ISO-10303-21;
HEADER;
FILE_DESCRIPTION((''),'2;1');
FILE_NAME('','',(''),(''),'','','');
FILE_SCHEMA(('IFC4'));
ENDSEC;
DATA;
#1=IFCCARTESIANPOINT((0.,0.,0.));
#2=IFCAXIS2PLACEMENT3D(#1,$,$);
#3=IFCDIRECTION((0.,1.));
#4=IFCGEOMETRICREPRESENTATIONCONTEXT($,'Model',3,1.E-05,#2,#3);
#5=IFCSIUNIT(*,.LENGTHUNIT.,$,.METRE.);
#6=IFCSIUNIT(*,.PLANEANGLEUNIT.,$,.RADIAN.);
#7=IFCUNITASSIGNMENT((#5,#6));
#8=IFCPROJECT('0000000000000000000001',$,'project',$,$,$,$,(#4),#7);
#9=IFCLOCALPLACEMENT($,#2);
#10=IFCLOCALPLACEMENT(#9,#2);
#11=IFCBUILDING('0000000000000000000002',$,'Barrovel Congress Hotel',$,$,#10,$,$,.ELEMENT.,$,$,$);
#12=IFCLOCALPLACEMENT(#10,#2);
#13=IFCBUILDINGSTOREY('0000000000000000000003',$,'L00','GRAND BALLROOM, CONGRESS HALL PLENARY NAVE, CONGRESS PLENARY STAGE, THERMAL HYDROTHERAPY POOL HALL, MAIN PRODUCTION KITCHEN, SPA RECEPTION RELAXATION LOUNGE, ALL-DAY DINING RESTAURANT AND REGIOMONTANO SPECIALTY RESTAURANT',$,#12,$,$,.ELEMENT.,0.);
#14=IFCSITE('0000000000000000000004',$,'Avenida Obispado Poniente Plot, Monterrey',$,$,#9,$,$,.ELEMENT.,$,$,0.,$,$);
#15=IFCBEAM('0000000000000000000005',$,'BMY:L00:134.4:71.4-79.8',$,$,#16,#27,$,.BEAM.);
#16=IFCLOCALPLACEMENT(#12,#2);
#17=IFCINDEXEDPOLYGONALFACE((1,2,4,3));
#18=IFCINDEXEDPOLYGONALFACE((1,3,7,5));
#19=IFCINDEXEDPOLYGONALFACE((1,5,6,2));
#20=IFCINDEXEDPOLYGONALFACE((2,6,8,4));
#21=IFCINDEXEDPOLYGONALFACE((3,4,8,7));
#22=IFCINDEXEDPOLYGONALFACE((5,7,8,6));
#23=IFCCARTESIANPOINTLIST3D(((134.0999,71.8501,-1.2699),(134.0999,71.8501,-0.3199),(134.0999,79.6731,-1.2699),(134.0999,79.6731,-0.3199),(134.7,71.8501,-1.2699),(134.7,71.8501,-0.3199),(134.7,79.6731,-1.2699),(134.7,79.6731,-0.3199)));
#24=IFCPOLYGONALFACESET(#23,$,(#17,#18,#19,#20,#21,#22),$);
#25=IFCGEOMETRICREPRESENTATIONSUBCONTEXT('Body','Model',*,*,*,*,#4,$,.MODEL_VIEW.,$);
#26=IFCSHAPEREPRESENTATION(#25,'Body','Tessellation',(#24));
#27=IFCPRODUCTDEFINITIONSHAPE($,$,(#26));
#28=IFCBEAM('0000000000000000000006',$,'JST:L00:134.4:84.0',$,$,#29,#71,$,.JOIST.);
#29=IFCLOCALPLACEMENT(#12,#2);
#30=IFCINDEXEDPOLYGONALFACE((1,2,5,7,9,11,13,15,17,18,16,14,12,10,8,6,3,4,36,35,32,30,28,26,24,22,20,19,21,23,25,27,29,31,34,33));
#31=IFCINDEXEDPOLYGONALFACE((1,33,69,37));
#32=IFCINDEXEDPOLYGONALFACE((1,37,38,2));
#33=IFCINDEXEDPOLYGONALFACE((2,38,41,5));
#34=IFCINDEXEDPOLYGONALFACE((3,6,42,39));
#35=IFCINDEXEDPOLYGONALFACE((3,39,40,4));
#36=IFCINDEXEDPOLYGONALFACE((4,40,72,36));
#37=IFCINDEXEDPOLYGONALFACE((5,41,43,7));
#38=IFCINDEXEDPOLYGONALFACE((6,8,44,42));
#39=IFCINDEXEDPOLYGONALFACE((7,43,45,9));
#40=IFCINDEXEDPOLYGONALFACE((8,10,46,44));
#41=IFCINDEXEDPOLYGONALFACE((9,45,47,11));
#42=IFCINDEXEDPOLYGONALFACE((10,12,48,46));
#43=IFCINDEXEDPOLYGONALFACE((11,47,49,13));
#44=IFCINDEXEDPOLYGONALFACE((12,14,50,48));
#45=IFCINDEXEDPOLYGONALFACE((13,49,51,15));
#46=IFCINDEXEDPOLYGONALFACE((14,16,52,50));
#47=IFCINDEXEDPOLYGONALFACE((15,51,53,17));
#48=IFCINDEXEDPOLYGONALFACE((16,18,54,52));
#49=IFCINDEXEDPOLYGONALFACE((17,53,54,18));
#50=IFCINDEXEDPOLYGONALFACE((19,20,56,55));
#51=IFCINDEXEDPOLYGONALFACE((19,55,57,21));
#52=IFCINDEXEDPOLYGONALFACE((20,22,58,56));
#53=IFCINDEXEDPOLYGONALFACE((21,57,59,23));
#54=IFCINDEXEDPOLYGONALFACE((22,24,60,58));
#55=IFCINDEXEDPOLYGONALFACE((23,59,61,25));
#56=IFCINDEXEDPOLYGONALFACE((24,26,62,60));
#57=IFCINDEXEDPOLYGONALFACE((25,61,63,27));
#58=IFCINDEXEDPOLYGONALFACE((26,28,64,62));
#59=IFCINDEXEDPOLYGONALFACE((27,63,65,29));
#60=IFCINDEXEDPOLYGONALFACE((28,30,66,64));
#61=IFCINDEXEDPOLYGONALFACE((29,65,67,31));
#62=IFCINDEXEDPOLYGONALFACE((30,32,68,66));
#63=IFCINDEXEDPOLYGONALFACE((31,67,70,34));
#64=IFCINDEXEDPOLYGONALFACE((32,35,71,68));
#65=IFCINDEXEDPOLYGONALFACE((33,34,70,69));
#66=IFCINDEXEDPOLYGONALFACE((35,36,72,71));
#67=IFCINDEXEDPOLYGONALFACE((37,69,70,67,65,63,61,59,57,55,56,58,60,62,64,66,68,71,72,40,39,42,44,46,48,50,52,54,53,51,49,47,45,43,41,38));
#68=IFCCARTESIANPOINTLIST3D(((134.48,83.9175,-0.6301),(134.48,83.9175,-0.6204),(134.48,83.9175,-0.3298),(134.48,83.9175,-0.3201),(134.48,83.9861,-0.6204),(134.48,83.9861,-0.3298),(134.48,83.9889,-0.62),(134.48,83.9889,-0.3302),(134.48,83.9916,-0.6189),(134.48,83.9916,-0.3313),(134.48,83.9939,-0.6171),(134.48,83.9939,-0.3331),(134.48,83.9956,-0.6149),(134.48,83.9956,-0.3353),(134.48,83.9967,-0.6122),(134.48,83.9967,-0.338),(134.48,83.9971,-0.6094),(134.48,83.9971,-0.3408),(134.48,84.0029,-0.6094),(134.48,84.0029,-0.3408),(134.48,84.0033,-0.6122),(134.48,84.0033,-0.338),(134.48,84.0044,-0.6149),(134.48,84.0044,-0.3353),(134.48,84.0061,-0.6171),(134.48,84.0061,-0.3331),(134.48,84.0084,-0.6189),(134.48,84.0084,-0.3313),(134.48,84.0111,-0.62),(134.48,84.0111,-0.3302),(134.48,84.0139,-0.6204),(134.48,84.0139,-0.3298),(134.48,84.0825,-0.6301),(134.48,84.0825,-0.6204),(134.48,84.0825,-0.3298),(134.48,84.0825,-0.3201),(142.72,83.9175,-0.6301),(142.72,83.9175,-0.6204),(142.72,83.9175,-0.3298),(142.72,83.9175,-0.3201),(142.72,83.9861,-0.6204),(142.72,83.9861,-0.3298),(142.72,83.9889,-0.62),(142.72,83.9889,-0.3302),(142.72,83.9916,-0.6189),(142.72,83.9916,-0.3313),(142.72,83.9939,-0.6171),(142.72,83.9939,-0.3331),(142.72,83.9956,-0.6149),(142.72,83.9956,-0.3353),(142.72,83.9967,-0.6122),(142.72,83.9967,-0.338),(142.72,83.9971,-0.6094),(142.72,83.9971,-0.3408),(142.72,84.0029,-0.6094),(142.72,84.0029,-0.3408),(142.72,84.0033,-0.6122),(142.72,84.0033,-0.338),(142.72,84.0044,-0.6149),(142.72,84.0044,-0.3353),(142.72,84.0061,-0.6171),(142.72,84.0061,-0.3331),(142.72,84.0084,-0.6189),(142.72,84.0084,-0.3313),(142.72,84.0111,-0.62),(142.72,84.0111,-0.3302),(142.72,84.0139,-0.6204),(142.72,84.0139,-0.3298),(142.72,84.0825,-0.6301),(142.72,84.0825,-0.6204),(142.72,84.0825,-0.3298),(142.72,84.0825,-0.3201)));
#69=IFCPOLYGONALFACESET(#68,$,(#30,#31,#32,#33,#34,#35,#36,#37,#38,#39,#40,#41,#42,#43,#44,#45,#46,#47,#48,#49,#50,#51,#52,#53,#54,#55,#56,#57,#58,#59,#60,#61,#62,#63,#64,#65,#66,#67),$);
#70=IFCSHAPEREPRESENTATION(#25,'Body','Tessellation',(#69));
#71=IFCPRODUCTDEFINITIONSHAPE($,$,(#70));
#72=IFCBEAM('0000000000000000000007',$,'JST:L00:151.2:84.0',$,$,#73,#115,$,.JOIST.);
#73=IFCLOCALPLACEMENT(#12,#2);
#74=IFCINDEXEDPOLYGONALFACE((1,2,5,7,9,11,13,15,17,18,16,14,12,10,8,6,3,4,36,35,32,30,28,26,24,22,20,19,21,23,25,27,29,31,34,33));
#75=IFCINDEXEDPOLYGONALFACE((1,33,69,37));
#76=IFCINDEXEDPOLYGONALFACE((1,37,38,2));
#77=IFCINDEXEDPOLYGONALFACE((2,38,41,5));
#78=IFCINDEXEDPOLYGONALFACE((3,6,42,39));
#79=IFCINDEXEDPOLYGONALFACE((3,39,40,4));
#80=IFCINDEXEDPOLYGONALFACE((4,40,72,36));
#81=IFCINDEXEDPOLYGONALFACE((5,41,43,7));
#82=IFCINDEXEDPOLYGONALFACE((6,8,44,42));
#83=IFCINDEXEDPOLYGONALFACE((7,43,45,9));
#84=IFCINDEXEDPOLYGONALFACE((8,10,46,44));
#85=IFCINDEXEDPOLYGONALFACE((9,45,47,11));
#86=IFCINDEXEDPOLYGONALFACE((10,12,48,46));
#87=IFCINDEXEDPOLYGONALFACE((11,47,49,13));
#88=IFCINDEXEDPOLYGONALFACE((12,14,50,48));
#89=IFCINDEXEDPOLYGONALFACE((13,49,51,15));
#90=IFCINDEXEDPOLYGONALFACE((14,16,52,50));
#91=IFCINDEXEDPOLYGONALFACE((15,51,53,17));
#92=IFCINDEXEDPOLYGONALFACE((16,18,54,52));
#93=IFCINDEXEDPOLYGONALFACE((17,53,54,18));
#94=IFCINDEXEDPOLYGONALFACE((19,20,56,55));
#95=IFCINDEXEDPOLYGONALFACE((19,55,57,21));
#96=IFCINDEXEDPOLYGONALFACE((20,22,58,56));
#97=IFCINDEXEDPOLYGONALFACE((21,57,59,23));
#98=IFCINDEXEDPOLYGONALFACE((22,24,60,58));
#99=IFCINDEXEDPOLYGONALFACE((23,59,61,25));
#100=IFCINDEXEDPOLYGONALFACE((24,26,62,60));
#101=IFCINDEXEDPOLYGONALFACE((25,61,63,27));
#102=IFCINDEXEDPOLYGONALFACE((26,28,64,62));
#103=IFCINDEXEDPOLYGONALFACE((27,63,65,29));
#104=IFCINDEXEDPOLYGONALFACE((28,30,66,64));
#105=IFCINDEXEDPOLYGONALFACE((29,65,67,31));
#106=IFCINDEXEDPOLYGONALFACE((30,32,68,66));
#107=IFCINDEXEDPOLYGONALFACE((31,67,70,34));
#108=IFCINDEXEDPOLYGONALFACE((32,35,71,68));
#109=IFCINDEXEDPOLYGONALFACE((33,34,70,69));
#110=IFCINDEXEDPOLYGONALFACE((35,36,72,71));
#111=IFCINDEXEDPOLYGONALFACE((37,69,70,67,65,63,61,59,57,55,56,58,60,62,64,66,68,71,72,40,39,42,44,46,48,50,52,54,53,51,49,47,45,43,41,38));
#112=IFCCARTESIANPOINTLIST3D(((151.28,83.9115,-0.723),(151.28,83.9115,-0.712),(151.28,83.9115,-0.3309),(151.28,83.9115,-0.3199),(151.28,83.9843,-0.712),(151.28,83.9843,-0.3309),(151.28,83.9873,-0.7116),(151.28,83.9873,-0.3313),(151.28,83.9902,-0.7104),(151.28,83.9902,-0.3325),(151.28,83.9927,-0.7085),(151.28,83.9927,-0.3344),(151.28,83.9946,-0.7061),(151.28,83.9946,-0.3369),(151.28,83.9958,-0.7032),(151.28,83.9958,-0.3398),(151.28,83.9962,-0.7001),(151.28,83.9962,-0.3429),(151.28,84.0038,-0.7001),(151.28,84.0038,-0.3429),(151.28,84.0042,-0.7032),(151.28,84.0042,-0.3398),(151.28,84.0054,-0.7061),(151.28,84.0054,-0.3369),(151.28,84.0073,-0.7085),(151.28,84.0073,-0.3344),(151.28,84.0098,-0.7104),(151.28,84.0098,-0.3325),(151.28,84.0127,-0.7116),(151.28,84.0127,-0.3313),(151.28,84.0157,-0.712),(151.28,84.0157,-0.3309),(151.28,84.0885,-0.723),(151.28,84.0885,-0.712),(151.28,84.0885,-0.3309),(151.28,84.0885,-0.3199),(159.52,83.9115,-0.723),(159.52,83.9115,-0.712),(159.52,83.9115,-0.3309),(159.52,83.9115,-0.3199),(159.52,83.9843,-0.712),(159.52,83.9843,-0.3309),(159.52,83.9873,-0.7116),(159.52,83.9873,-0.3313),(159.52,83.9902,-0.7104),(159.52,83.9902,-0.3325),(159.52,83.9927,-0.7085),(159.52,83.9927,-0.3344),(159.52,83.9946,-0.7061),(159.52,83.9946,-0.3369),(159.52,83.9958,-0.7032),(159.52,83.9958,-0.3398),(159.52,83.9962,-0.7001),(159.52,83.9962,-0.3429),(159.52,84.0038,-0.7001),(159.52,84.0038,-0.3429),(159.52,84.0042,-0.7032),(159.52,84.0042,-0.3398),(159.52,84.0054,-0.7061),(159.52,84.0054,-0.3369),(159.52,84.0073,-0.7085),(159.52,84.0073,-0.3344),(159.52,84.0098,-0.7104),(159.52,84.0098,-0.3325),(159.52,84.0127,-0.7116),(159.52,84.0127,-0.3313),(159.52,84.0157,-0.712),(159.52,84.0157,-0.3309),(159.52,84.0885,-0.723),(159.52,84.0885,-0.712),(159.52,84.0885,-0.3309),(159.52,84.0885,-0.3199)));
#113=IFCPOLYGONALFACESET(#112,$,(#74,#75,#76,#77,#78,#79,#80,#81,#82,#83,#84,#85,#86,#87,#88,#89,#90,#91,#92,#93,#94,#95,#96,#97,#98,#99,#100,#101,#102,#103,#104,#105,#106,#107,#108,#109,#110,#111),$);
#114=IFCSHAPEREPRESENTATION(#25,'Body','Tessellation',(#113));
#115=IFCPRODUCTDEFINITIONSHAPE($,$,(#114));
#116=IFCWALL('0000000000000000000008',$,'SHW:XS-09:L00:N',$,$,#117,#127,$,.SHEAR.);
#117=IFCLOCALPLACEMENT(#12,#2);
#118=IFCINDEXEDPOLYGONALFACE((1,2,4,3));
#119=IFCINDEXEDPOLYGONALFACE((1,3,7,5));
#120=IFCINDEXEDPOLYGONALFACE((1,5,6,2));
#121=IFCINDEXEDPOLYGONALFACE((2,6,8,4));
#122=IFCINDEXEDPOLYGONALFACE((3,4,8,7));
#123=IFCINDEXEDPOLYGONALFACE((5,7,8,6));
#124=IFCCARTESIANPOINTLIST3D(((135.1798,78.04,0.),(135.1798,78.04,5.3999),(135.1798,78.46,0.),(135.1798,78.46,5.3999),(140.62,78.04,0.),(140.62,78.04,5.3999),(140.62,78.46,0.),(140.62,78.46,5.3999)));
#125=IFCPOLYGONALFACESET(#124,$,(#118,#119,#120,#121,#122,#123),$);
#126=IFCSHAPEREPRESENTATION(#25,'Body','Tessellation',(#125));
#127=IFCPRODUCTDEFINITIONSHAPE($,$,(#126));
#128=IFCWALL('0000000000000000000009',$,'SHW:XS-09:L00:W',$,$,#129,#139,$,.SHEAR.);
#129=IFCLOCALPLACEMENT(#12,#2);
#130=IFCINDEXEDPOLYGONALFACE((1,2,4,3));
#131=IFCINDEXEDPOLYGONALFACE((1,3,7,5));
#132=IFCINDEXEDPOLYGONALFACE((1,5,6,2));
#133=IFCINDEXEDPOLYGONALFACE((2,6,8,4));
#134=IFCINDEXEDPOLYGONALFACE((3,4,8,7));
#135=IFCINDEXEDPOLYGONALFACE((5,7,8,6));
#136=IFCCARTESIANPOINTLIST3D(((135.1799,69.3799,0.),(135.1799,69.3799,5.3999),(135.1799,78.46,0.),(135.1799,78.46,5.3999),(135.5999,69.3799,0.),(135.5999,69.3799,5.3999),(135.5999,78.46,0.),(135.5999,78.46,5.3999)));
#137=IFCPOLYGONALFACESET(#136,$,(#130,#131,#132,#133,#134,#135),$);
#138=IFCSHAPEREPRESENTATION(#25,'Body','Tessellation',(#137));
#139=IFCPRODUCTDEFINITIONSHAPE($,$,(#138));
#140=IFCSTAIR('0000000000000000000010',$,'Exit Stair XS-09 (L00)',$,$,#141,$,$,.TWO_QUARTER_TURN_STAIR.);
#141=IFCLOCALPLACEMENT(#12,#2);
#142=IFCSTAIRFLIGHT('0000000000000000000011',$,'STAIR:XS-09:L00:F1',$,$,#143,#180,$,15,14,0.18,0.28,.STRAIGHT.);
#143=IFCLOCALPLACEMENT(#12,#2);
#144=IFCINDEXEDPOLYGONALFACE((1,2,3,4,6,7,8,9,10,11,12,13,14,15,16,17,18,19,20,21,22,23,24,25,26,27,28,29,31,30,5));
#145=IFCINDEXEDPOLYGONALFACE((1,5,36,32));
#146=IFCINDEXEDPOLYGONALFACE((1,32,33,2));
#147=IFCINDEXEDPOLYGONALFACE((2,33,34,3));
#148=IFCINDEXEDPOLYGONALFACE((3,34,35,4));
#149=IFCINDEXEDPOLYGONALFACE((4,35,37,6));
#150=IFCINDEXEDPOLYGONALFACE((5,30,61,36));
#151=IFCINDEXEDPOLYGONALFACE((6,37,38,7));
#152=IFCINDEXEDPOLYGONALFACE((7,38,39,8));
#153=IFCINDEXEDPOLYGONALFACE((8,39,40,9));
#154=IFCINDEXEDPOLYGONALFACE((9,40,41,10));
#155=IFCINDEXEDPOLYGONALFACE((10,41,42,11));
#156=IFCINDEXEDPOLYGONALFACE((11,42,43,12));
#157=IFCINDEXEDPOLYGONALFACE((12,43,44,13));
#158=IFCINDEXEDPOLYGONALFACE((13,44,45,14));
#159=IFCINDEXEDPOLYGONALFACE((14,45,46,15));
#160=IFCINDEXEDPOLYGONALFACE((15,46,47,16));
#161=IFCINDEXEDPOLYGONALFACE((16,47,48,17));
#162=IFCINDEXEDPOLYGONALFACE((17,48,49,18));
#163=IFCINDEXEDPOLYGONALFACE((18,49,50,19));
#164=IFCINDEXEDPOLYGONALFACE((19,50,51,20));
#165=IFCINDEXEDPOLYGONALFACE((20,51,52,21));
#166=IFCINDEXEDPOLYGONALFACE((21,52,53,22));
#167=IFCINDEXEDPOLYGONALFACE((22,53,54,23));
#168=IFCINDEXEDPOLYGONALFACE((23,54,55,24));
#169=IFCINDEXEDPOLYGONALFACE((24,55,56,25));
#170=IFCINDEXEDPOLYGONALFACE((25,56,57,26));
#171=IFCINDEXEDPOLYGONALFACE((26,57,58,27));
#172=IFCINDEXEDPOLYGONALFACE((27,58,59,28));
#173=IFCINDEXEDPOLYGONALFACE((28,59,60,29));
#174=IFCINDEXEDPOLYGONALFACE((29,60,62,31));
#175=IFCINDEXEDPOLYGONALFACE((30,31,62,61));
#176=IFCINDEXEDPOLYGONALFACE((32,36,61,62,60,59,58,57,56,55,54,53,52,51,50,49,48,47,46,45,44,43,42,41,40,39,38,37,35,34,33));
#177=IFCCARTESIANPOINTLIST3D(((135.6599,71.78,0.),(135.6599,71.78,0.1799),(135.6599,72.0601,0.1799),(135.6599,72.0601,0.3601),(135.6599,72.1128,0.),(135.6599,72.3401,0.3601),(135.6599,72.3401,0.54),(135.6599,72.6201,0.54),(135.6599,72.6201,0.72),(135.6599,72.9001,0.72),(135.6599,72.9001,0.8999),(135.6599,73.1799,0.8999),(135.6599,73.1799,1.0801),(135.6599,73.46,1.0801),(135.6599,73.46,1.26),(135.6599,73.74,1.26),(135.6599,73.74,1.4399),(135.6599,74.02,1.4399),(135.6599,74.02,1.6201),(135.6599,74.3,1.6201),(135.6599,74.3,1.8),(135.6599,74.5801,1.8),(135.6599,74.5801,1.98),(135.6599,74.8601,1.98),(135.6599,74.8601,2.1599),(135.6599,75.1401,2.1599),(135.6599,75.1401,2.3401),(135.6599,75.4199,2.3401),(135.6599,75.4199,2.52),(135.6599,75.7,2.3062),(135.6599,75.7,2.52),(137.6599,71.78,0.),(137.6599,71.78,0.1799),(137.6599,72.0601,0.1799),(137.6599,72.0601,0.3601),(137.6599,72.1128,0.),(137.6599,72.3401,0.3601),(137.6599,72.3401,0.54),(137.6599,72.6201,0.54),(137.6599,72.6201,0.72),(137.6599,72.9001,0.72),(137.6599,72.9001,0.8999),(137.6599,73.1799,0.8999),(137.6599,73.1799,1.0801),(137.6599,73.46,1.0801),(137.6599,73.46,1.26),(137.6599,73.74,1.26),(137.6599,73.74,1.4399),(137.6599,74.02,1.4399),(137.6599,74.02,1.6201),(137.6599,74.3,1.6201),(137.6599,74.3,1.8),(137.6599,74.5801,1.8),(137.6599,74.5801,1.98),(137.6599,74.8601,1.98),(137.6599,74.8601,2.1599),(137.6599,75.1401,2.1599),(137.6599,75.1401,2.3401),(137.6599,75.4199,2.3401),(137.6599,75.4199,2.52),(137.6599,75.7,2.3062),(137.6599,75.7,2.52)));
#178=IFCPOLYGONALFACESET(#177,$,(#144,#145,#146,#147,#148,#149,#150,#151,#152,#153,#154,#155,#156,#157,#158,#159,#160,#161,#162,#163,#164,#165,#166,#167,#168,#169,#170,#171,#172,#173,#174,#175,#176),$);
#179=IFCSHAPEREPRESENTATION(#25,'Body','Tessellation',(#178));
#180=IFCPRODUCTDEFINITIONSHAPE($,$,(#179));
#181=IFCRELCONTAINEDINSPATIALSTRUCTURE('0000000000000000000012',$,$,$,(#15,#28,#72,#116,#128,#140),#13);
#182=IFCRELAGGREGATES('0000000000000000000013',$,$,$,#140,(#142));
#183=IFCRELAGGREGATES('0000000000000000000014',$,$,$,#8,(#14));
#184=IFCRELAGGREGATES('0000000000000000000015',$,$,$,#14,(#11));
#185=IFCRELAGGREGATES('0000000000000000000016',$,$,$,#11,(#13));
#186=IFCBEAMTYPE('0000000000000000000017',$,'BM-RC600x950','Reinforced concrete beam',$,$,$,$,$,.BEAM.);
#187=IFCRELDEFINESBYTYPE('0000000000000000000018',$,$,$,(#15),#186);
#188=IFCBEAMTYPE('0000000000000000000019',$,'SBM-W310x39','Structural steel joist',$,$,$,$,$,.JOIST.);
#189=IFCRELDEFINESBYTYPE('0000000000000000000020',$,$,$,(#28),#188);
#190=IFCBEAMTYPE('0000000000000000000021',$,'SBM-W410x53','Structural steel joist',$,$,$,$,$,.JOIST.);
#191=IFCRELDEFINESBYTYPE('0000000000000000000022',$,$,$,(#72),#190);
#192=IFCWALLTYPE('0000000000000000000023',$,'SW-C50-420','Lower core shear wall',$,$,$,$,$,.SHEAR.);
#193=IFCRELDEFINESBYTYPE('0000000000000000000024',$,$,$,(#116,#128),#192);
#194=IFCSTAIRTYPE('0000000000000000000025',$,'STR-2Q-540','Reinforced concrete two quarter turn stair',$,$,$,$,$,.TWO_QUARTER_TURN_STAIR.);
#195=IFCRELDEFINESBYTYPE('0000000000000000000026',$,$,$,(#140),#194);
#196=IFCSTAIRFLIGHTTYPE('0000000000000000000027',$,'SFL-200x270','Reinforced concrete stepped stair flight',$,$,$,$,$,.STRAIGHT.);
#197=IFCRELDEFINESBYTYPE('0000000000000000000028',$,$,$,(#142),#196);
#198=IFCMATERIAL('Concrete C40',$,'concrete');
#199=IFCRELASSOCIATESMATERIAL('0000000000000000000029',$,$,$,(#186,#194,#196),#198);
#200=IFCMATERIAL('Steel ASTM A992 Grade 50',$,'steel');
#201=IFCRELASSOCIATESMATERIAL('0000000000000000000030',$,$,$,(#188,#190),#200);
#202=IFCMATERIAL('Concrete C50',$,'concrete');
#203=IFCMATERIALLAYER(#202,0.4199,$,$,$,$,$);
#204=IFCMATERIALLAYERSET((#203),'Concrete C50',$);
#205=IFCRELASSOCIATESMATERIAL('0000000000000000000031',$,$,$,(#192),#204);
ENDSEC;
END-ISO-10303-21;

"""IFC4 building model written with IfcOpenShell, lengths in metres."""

from ifc_helpers import new_model, si_unit, direction, frame, frame_2d, origin, origin_2d, place, context, subcontext, project, spatial, polyline, rectangle, i_section, outline, extrude, material, layer, layer_set, material_profile, profile_set, type_object, element, aggregate, save


model = new_model("IFC4")

# Units and contexts
model_context = context("Model", 3, precision=1e-05, world=origin(), true_north=direction((0.0, 1.0)))
body_context = subcontext(model_context, "Body", "Model", "MODEL_VIEW")
ifc_project = project(units=[si_unit("LENGTHUNIT", "METRE"), si_unit("PLANEANGLEUNIT", "RADIAN")], contexts=[model_context])

# Site, building, storey
site_placement = place(None, origin())
site = spatial("IfcSite", under=ifc_project, at=site_placement, Name="Avenida Obispado Poniente Plot, Monterrey", CompositionType="ELEMENT", RefElevation=0.0)
building_placement = place(site_placement, origin())
building = spatial("IfcBuilding", under=site, at=building_placement, Name="Barrovel Congress Hotel", CompositionType="ELEMENT")
storey_placement = place(building_placement, origin())
storey = spatial("IfcBuildingStorey", under=building, at=storey_placement, Name="L00", Description="GRAND BALLROOM, CONGRESS HALL PLENARY NAVE, CONGRESS PLENARY STAGE, THERMAL HYDROTHERAPY POOL HALL, MAIN PRODUCTION KITCHEN, SPA RECEPTION RELAXATION LOUNGE, ALL-DAY DINING RESTAURANT AND REGIOMONTANO SPECIALTY RESTAURANT", CompositionType="ELEMENT", Elevation=0.0)

# Shared definitions
ifc_material_1 = material(Name="Concrete C40", Category="concrete")

# Beams
ifc_material_profile_1 = material_profile(ifc_material_1, rectangle(XDim=0.6001, YDim=0.95, at=origin_2d()), Name="RC600x950")
ifc_profile_set_1 = profile_set([ifc_material_profile_1], Name="Concrete C40")
beam_type_1 = type_object("IfcBeamType", Name="BM-RC600x950", Description="Reinforced concrete beam", PredefinedType="BEAM", material=ifc_profile_set_1)
beam_1_placement = place(storey_placement, frame((134.3999, 71.8501, -0.7949), z_axis=(0.0, 1.0, 0.0), x_axis=(-1.0, 0.0, 0.0)))
element("IfcBeam", 1, at=beam_1_placement, inside=storey, type_object=beam_type_1, Name="BMY:L00:134.4:71.4-79.8", PredefinedType="BEAM", context=body_context, shape_type="SweptSolid", body=[
    extrude(rectangle(XDim=0.6001, YDim=0.95, at=origin_2d()), origin(), (0.0, 0.0, 1.0), 7.823),
])
ifc_material_2 = material(Name="Steel ASTM A992 Grade 50", Category="steel")
ifc_material_profile_2 = material_profile(ifc_material_2, i_section(OverallWidth=0.165, OverallDepth=0.3101, WebThickness=0.0059, FlangeThickness=0.0098, FilletRadius=0.011, at=origin_2d()), Name="W310x39")
ifc_profile_set_2 = profile_set([ifc_material_profile_2], Name="Steel ASTM A992 Grade 50")
beam_type_2 = type_object("IfcBeamType", Name="SBM-W310x39", Description="Structural steel joist", PredefinedType="JOIST", material=ifc_profile_set_2)
beam_2_placement = place(storey_placement, frame((134.48, 84.0, -0.4751), z_axis=(1.0, 0.0, 0.0), x_axis=(0.0, 1.0, 0.0)))
element("IfcBeam", 2, at=beam_2_placement, inside=storey, type_object=beam_type_2, Name="JST:L00:134.4:84.0", PredefinedType="JOIST", context=body_context, shape_type="SweptSolid", body=[
    extrude(i_section(OverallWidth=0.165, OverallDepth=0.3101, WebThickness=0.0059, FlangeThickness=0.0098, FilletRadius=0.011, at=origin_2d()), origin(), (0.0, 0.0, 1.0), 8.24),
])
ifc_material_profile_3 = material_profile(ifc_material_2, i_section(OverallWidth=0.177, OverallDepth=0.4031, WebThickness=0.0076, FlangeThickness=0.011, FilletRadius=0.012, at=origin_2d()), Name="W410x53")
ifc_profile_set_3 = profile_set([ifc_material_profile_3], Name="Steel ASTM A992 Grade 50")
beam_type_3 = type_object("IfcBeamType", Name="SBM-W410x53", Description="Structural steel joist", PredefinedType="JOIST", material=ifc_profile_set_3)
beam_3_placement = place(storey_placement, frame((151.28, 84.0, -0.5215), z_axis=(1.0, 0.0, 0.0), x_axis=(0.0, 1.0, 0.0)))
element("IfcBeam", 3, at=beam_3_placement, inside=storey, type_object=beam_type_3, Name="JST:L00:151.2:84.0", PredefinedType="JOIST", context=body_context, shape_type="SweptSolid", body=[
    extrude(i_section(OverallWidth=0.177, OverallDepth=0.4031, WebThickness=0.0076, FlangeThickness=0.011, FilletRadius=0.012, at=origin_2d()), origin(), (0.0, 0.0, 1.0), 8.24),
])

# Walls
ifc_material_3 = material(Name="Concrete C50", Category="concrete")
ifc_layer_1 = layer(ifc_material_3, 0.4199)
ifc_layer_set_1 = layer_set([ifc_layer_1], Name="Concrete C50")
wall_type = type_object("IfcWallType", Name="SW-C50-420", Description="Lower core shear wall", PredefinedType="SHEAR", material=ifc_layer_set_1)
wall_1_placement = place(storey_placement, frame((140.6201, 78.25, 0.0), z_axis=(0.0, 0.0, 1.0), x_axis=(-1.0, 0.0, 0.0)))
element("IfcWall", 4, at=wall_1_placement, inside=storey, type_object=wall_type, Name="SHW:XS-09:L00:N", PredefinedType="SHEAR", context=body_context, shape_type="SweptSolid", body=[
    extrude(rectangle(XDim=5.4402, YDim=0.4199, at=frame_2d((2.7202, 0.0))), origin(), (0.0, 0.0, 1.0), 5.3999),
])
wall_2_placement = place(storey_placement, frame((135.3899, 78.46, 0.0), z_axis=(0.0, 0.0, 1.0), x_axis=(0.0, -1.0, 0.0)))
element("IfcWall", 5, at=wall_2_placement, inside=storey, type_object=wall_type, Name="SHW:XS-09:L00:W", PredefinedType="SHEAR", context=body_context, shape_type="SweptSolid", body=[
    extrude(rectangle(XDim=9.0801, YDim=0.4199, at=frame_2d((4.54, 0.0))), origin(), (0.0, 0.0, 1.0), 5.3999),
])

# Stair, stair flight
stair_type = type_object("IfcStairType", Name="STR-2Q-540", Description="Reinforced concrete two quarter turn stair", PredefinedType="TWO_QUARTER_TURN_STAIR", material=ifc_material_1)
stair_placement = place(storey_placement, origin())
stair = element("IfcStair", 6, at=stair_placement, inside=storey, type_object=stair_type, Name="Exit Stair XS-09 (L00)", PredefinedType="TWO_QUARTER_TURN_STAIR")
stair_flight_type = type_object("IfcStairFlightType", Name="SFL-200x270", Description="Reinforced concrete stepped stair flight", PredefinedType="STRAIGHT", material=ifc_material_1)
stair_flight_1_placement = place(storey_placement, frame((136.6599, 71.78, 0.0), z_axis=(0.0, 0.0, 1.0), x_axis=(0.0, 1.0, 0.0)))
stair_flight_1 = element("IfcStairFlight", 7, at=stair_flight_1_placement, type_object=stair_flight_type, Name="STAIR:XS-09:L00:F1", NumberOfRisers=15, NumberOfTreads=14, PredefinedType="STRAIGHT", RiserHeight=0.18, TreadLength=0.28, context=body_context, shape_type="SweptSolid", body=[
    extrude(outline(polyline([(0.0, 0.0), (0.0, 0.1799), (0.28, 0.1799), (0.28, 0.3601), (0.5601, 0.3601), (0.5601, 0.54), (0.8401, 0.54), (0.8401, 0.72), (1.1201, 0.72), (1.1201, 0.8999), (1.3999, 0.8999), (1.3999, 1.0801), (1.6799, 1.0801), (1.6799, 1.26), (1.96, 1.26), (1.96, 1.4399), (2.24, 1.4399), (2.24, 1.6201), (2.52, 1.6201), (2.52, 1.8), (2.8, 1.8), (2.8, 1.98), (3.0801, 1.98), (3.0801, 2.1599), (3.3601, 2.1599), (3.3601, 2.3401), (3.6399, 2.3401), (3.6399, 2.52), (3.9199, 2.52), (3.9199, 2.7), (3.9199, 2.3062), (0.3328, 0.0), (0.0, 0.0)])), frame((0.0, 1.0, 0.0), z_axis=(0.0, -1.0, 0.0), x_axis=(1.0, 0.0, 0.0)), (0.0, 0.0, 1.0), 2.0),
])
aggregate(stair, [stair_flight_1])

save(model, "model.ifc")
